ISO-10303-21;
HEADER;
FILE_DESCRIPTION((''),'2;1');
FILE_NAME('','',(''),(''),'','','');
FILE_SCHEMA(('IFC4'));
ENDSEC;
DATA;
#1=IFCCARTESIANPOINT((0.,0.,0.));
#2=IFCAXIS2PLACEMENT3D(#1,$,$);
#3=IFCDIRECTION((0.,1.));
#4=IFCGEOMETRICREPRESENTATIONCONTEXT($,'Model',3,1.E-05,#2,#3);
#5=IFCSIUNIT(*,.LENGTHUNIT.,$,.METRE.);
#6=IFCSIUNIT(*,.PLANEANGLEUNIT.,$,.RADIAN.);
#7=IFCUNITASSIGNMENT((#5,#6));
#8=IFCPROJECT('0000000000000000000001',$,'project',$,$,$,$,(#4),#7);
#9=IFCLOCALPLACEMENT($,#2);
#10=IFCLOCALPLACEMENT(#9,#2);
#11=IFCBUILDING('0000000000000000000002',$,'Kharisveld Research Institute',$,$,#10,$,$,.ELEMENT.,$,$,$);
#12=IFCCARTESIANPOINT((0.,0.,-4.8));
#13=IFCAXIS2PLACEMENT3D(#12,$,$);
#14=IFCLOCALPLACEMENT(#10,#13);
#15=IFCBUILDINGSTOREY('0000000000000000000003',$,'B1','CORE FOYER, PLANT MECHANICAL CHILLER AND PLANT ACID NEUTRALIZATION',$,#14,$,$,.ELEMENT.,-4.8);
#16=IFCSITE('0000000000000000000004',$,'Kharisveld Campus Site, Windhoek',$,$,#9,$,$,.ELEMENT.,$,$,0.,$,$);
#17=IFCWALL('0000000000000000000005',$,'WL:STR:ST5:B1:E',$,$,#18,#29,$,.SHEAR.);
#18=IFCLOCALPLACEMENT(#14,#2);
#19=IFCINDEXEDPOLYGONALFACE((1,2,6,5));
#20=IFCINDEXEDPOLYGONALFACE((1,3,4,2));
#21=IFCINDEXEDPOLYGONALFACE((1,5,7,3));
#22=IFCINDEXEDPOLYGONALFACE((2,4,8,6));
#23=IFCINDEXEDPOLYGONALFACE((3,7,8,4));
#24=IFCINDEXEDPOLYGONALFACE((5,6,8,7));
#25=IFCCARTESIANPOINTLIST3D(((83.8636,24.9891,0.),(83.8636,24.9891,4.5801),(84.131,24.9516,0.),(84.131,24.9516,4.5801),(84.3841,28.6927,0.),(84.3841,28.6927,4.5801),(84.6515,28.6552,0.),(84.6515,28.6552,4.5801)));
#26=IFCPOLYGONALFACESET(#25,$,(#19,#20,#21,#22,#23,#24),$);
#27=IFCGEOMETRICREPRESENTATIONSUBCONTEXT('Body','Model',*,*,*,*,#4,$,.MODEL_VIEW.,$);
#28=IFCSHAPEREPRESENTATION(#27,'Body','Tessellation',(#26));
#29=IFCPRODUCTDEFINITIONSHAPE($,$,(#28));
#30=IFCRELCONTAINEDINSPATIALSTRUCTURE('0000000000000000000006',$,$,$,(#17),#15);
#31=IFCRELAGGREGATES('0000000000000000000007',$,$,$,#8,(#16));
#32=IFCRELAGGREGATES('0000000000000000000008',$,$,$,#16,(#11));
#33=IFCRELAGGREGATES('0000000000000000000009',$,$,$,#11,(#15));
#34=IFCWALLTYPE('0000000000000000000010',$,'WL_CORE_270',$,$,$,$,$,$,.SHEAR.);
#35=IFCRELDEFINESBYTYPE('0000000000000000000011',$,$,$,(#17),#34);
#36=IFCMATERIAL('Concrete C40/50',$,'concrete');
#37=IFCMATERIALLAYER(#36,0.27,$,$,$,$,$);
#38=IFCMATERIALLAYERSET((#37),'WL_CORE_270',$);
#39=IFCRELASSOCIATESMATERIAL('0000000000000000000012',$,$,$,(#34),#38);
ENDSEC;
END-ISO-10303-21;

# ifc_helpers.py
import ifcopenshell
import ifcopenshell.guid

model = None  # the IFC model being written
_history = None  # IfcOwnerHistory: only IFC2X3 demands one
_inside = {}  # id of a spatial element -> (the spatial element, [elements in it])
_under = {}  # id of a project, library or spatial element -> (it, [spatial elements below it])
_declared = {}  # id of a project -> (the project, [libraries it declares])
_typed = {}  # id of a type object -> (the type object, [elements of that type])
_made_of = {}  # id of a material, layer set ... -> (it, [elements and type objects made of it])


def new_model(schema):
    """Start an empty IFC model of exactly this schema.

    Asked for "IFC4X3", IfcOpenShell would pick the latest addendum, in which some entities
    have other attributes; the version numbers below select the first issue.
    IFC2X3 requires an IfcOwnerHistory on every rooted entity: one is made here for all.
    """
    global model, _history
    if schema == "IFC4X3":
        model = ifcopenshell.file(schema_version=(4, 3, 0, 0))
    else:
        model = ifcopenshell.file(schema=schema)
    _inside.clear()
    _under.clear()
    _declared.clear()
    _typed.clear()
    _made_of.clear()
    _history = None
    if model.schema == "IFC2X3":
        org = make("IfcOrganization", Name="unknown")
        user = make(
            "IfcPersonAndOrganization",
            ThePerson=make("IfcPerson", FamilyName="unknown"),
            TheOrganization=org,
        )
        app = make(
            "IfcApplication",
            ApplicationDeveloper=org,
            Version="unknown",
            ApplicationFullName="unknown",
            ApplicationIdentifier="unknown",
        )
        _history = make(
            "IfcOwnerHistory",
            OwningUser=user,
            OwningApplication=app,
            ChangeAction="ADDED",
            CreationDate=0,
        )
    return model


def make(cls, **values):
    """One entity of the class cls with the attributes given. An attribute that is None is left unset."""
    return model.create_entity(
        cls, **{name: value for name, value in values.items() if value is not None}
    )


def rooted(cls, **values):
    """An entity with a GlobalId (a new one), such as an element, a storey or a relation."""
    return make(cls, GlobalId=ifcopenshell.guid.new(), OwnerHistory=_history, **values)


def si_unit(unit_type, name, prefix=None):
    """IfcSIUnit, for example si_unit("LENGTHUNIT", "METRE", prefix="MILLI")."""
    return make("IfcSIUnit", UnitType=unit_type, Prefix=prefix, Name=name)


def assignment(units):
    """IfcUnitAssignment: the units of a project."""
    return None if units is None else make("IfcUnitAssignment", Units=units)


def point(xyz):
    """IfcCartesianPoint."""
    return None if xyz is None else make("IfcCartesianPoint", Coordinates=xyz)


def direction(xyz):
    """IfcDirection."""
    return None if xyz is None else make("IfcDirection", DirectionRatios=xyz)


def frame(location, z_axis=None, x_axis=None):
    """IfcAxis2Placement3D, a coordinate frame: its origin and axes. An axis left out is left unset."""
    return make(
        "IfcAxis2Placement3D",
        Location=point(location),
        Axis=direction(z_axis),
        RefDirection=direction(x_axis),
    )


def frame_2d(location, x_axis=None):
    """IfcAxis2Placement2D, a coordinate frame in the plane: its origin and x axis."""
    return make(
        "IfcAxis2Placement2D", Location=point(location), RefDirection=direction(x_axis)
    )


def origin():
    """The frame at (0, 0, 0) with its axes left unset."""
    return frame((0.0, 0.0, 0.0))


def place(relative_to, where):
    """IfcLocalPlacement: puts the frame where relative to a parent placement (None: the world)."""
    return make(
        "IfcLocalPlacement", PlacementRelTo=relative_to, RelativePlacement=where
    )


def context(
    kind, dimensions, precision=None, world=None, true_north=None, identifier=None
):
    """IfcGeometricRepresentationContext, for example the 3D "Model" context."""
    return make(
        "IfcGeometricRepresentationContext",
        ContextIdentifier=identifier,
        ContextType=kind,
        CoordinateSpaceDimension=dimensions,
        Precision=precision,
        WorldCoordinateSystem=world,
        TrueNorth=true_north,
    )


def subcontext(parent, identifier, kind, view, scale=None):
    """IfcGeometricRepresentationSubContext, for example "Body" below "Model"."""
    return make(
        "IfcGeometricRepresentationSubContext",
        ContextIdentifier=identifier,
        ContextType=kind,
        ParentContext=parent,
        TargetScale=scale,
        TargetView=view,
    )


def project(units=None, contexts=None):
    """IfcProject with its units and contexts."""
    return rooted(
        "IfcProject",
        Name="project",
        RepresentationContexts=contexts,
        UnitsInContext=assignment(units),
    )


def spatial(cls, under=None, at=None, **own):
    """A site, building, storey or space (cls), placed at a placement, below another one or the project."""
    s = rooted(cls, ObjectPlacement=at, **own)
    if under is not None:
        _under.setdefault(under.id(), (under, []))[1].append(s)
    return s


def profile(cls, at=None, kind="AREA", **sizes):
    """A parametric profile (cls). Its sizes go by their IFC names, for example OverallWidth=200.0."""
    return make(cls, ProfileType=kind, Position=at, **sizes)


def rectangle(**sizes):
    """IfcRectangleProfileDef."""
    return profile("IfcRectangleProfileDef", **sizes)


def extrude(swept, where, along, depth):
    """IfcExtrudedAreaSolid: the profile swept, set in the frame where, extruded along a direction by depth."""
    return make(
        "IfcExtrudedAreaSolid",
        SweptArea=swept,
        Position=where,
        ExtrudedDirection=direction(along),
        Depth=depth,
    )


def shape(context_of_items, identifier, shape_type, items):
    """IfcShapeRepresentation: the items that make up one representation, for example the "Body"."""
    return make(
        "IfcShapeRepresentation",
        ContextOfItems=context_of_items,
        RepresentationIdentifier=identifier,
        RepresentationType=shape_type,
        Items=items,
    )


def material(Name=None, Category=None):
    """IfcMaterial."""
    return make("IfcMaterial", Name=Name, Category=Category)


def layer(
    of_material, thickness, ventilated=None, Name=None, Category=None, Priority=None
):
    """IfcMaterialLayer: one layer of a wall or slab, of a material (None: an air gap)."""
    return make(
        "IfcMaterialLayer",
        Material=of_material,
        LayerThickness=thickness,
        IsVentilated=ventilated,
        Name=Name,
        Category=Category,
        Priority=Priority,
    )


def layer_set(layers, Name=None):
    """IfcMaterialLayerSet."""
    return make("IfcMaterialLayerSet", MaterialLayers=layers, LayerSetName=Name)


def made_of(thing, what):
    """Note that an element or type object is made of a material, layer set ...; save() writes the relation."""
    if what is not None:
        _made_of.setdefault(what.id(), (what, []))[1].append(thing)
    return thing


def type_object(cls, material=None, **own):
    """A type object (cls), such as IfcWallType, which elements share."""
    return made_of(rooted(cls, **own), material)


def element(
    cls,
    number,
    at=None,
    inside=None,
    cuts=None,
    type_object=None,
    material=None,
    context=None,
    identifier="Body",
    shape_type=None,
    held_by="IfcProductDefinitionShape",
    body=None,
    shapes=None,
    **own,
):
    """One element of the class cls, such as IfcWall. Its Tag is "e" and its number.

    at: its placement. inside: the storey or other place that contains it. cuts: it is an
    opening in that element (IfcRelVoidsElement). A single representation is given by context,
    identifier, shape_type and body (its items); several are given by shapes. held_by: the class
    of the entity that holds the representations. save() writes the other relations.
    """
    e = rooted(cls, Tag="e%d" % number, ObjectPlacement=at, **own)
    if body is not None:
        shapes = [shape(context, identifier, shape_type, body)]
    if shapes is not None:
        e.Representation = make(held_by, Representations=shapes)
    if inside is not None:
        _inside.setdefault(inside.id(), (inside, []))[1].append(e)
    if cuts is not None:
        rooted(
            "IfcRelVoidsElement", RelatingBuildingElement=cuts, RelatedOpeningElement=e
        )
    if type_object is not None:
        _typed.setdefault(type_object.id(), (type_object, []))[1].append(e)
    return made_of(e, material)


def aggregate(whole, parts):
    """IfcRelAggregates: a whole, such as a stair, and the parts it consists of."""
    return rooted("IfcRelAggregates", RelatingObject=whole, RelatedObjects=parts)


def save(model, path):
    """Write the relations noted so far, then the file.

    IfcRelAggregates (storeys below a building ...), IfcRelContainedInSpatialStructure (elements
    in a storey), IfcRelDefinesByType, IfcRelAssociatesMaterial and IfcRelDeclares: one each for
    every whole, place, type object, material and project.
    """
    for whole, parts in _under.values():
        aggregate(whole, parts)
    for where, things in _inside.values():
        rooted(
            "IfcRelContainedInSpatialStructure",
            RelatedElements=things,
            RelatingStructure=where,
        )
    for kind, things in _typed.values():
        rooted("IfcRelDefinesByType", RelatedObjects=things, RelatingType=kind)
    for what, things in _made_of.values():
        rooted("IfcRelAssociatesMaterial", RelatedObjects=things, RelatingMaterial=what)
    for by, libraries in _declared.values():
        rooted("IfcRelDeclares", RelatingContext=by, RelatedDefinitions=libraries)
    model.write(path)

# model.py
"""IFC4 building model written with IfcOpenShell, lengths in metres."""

from ifc_helpers import new_model, si_unit, direction, frame, frame_2d, origin, place, context, subcontext, project, spatial, rectangle, extrude, material, layer, layer_set, type_object, element, save


model = new_model("IFC4")

# Units and contexts
model_context = context("Model", 3, precision=1e-05, world=origin(), true_north=direction((0.0, 1.0)))
body_context = subcontext(model_context, "Body", "Model", "MODEL_VIEW")
ifc_project = project(units=[si_unit("LENGTHUNIT", "METRE"), si_unit("PLANEANGLEUNIT", "RADIAN")], contexts=[model_context])

# Site, building, storey
site_placement = place(None, origin())
site = spatial("IfcSite", under=ifc_project, at=site_placement, Name="Kharisveld Campus Site, Windhoek", CompositionType="ELEMENT", RefElevation=0.0)
building_placement = place(site_placement, origin())
building = spatial("IfcBuilding", under=site, at=building_placement, Name="Kharisveld Research Institute", CompositionType="ELEMENT")
storey_placement = place(building_placement, frame((0.0, 0.0, -4.8)))
storey = spatial("IfcBuildingStorey", under=building, at=storey_placement, Name="B1", Description="CORE FOYER, PLANT MECHANICAL CHILLER AND PLANT ACID NEUTRALIZATION", CompositionType="ELEMENT", Elevation=-4.8)

# Wall
ifc_material_1 = material(Name="Concrete C40/50", Category="concrete")
ifc_layer = layer(ifc_material_1, 0.27)
ifc_layer_set = layer_set([ifc_layer], Name="WL_CORE_270")
wall_type = type_object("IfcWallType", Name="WL_CORE_270", PredefinedType="SHEAR", material=ifc_layer_set)
wall_placement = place(storey_placement, frame((84.5178, 28.6741, 0.0), z_axis=(0.0, 0.0, 1.0), x_axis=(-0.139173, -0.990268, 0.0)))
element("IfcWall", 1, at=wall_placement, inside=storey, type_object=wall_type, Name="WL:STR:ST5:B1:E", PredefinedType="SHEAR", context=body_context, shape_type="SweptSolid", body=[
    extrude(rectangle(XDim=3.74, YDim=0.27, at=frame_2d((1.8701, 0.0))), origin(), (0.0, 0.0, 1.0), 4.5801),
])

save(model, "model.ifc")
